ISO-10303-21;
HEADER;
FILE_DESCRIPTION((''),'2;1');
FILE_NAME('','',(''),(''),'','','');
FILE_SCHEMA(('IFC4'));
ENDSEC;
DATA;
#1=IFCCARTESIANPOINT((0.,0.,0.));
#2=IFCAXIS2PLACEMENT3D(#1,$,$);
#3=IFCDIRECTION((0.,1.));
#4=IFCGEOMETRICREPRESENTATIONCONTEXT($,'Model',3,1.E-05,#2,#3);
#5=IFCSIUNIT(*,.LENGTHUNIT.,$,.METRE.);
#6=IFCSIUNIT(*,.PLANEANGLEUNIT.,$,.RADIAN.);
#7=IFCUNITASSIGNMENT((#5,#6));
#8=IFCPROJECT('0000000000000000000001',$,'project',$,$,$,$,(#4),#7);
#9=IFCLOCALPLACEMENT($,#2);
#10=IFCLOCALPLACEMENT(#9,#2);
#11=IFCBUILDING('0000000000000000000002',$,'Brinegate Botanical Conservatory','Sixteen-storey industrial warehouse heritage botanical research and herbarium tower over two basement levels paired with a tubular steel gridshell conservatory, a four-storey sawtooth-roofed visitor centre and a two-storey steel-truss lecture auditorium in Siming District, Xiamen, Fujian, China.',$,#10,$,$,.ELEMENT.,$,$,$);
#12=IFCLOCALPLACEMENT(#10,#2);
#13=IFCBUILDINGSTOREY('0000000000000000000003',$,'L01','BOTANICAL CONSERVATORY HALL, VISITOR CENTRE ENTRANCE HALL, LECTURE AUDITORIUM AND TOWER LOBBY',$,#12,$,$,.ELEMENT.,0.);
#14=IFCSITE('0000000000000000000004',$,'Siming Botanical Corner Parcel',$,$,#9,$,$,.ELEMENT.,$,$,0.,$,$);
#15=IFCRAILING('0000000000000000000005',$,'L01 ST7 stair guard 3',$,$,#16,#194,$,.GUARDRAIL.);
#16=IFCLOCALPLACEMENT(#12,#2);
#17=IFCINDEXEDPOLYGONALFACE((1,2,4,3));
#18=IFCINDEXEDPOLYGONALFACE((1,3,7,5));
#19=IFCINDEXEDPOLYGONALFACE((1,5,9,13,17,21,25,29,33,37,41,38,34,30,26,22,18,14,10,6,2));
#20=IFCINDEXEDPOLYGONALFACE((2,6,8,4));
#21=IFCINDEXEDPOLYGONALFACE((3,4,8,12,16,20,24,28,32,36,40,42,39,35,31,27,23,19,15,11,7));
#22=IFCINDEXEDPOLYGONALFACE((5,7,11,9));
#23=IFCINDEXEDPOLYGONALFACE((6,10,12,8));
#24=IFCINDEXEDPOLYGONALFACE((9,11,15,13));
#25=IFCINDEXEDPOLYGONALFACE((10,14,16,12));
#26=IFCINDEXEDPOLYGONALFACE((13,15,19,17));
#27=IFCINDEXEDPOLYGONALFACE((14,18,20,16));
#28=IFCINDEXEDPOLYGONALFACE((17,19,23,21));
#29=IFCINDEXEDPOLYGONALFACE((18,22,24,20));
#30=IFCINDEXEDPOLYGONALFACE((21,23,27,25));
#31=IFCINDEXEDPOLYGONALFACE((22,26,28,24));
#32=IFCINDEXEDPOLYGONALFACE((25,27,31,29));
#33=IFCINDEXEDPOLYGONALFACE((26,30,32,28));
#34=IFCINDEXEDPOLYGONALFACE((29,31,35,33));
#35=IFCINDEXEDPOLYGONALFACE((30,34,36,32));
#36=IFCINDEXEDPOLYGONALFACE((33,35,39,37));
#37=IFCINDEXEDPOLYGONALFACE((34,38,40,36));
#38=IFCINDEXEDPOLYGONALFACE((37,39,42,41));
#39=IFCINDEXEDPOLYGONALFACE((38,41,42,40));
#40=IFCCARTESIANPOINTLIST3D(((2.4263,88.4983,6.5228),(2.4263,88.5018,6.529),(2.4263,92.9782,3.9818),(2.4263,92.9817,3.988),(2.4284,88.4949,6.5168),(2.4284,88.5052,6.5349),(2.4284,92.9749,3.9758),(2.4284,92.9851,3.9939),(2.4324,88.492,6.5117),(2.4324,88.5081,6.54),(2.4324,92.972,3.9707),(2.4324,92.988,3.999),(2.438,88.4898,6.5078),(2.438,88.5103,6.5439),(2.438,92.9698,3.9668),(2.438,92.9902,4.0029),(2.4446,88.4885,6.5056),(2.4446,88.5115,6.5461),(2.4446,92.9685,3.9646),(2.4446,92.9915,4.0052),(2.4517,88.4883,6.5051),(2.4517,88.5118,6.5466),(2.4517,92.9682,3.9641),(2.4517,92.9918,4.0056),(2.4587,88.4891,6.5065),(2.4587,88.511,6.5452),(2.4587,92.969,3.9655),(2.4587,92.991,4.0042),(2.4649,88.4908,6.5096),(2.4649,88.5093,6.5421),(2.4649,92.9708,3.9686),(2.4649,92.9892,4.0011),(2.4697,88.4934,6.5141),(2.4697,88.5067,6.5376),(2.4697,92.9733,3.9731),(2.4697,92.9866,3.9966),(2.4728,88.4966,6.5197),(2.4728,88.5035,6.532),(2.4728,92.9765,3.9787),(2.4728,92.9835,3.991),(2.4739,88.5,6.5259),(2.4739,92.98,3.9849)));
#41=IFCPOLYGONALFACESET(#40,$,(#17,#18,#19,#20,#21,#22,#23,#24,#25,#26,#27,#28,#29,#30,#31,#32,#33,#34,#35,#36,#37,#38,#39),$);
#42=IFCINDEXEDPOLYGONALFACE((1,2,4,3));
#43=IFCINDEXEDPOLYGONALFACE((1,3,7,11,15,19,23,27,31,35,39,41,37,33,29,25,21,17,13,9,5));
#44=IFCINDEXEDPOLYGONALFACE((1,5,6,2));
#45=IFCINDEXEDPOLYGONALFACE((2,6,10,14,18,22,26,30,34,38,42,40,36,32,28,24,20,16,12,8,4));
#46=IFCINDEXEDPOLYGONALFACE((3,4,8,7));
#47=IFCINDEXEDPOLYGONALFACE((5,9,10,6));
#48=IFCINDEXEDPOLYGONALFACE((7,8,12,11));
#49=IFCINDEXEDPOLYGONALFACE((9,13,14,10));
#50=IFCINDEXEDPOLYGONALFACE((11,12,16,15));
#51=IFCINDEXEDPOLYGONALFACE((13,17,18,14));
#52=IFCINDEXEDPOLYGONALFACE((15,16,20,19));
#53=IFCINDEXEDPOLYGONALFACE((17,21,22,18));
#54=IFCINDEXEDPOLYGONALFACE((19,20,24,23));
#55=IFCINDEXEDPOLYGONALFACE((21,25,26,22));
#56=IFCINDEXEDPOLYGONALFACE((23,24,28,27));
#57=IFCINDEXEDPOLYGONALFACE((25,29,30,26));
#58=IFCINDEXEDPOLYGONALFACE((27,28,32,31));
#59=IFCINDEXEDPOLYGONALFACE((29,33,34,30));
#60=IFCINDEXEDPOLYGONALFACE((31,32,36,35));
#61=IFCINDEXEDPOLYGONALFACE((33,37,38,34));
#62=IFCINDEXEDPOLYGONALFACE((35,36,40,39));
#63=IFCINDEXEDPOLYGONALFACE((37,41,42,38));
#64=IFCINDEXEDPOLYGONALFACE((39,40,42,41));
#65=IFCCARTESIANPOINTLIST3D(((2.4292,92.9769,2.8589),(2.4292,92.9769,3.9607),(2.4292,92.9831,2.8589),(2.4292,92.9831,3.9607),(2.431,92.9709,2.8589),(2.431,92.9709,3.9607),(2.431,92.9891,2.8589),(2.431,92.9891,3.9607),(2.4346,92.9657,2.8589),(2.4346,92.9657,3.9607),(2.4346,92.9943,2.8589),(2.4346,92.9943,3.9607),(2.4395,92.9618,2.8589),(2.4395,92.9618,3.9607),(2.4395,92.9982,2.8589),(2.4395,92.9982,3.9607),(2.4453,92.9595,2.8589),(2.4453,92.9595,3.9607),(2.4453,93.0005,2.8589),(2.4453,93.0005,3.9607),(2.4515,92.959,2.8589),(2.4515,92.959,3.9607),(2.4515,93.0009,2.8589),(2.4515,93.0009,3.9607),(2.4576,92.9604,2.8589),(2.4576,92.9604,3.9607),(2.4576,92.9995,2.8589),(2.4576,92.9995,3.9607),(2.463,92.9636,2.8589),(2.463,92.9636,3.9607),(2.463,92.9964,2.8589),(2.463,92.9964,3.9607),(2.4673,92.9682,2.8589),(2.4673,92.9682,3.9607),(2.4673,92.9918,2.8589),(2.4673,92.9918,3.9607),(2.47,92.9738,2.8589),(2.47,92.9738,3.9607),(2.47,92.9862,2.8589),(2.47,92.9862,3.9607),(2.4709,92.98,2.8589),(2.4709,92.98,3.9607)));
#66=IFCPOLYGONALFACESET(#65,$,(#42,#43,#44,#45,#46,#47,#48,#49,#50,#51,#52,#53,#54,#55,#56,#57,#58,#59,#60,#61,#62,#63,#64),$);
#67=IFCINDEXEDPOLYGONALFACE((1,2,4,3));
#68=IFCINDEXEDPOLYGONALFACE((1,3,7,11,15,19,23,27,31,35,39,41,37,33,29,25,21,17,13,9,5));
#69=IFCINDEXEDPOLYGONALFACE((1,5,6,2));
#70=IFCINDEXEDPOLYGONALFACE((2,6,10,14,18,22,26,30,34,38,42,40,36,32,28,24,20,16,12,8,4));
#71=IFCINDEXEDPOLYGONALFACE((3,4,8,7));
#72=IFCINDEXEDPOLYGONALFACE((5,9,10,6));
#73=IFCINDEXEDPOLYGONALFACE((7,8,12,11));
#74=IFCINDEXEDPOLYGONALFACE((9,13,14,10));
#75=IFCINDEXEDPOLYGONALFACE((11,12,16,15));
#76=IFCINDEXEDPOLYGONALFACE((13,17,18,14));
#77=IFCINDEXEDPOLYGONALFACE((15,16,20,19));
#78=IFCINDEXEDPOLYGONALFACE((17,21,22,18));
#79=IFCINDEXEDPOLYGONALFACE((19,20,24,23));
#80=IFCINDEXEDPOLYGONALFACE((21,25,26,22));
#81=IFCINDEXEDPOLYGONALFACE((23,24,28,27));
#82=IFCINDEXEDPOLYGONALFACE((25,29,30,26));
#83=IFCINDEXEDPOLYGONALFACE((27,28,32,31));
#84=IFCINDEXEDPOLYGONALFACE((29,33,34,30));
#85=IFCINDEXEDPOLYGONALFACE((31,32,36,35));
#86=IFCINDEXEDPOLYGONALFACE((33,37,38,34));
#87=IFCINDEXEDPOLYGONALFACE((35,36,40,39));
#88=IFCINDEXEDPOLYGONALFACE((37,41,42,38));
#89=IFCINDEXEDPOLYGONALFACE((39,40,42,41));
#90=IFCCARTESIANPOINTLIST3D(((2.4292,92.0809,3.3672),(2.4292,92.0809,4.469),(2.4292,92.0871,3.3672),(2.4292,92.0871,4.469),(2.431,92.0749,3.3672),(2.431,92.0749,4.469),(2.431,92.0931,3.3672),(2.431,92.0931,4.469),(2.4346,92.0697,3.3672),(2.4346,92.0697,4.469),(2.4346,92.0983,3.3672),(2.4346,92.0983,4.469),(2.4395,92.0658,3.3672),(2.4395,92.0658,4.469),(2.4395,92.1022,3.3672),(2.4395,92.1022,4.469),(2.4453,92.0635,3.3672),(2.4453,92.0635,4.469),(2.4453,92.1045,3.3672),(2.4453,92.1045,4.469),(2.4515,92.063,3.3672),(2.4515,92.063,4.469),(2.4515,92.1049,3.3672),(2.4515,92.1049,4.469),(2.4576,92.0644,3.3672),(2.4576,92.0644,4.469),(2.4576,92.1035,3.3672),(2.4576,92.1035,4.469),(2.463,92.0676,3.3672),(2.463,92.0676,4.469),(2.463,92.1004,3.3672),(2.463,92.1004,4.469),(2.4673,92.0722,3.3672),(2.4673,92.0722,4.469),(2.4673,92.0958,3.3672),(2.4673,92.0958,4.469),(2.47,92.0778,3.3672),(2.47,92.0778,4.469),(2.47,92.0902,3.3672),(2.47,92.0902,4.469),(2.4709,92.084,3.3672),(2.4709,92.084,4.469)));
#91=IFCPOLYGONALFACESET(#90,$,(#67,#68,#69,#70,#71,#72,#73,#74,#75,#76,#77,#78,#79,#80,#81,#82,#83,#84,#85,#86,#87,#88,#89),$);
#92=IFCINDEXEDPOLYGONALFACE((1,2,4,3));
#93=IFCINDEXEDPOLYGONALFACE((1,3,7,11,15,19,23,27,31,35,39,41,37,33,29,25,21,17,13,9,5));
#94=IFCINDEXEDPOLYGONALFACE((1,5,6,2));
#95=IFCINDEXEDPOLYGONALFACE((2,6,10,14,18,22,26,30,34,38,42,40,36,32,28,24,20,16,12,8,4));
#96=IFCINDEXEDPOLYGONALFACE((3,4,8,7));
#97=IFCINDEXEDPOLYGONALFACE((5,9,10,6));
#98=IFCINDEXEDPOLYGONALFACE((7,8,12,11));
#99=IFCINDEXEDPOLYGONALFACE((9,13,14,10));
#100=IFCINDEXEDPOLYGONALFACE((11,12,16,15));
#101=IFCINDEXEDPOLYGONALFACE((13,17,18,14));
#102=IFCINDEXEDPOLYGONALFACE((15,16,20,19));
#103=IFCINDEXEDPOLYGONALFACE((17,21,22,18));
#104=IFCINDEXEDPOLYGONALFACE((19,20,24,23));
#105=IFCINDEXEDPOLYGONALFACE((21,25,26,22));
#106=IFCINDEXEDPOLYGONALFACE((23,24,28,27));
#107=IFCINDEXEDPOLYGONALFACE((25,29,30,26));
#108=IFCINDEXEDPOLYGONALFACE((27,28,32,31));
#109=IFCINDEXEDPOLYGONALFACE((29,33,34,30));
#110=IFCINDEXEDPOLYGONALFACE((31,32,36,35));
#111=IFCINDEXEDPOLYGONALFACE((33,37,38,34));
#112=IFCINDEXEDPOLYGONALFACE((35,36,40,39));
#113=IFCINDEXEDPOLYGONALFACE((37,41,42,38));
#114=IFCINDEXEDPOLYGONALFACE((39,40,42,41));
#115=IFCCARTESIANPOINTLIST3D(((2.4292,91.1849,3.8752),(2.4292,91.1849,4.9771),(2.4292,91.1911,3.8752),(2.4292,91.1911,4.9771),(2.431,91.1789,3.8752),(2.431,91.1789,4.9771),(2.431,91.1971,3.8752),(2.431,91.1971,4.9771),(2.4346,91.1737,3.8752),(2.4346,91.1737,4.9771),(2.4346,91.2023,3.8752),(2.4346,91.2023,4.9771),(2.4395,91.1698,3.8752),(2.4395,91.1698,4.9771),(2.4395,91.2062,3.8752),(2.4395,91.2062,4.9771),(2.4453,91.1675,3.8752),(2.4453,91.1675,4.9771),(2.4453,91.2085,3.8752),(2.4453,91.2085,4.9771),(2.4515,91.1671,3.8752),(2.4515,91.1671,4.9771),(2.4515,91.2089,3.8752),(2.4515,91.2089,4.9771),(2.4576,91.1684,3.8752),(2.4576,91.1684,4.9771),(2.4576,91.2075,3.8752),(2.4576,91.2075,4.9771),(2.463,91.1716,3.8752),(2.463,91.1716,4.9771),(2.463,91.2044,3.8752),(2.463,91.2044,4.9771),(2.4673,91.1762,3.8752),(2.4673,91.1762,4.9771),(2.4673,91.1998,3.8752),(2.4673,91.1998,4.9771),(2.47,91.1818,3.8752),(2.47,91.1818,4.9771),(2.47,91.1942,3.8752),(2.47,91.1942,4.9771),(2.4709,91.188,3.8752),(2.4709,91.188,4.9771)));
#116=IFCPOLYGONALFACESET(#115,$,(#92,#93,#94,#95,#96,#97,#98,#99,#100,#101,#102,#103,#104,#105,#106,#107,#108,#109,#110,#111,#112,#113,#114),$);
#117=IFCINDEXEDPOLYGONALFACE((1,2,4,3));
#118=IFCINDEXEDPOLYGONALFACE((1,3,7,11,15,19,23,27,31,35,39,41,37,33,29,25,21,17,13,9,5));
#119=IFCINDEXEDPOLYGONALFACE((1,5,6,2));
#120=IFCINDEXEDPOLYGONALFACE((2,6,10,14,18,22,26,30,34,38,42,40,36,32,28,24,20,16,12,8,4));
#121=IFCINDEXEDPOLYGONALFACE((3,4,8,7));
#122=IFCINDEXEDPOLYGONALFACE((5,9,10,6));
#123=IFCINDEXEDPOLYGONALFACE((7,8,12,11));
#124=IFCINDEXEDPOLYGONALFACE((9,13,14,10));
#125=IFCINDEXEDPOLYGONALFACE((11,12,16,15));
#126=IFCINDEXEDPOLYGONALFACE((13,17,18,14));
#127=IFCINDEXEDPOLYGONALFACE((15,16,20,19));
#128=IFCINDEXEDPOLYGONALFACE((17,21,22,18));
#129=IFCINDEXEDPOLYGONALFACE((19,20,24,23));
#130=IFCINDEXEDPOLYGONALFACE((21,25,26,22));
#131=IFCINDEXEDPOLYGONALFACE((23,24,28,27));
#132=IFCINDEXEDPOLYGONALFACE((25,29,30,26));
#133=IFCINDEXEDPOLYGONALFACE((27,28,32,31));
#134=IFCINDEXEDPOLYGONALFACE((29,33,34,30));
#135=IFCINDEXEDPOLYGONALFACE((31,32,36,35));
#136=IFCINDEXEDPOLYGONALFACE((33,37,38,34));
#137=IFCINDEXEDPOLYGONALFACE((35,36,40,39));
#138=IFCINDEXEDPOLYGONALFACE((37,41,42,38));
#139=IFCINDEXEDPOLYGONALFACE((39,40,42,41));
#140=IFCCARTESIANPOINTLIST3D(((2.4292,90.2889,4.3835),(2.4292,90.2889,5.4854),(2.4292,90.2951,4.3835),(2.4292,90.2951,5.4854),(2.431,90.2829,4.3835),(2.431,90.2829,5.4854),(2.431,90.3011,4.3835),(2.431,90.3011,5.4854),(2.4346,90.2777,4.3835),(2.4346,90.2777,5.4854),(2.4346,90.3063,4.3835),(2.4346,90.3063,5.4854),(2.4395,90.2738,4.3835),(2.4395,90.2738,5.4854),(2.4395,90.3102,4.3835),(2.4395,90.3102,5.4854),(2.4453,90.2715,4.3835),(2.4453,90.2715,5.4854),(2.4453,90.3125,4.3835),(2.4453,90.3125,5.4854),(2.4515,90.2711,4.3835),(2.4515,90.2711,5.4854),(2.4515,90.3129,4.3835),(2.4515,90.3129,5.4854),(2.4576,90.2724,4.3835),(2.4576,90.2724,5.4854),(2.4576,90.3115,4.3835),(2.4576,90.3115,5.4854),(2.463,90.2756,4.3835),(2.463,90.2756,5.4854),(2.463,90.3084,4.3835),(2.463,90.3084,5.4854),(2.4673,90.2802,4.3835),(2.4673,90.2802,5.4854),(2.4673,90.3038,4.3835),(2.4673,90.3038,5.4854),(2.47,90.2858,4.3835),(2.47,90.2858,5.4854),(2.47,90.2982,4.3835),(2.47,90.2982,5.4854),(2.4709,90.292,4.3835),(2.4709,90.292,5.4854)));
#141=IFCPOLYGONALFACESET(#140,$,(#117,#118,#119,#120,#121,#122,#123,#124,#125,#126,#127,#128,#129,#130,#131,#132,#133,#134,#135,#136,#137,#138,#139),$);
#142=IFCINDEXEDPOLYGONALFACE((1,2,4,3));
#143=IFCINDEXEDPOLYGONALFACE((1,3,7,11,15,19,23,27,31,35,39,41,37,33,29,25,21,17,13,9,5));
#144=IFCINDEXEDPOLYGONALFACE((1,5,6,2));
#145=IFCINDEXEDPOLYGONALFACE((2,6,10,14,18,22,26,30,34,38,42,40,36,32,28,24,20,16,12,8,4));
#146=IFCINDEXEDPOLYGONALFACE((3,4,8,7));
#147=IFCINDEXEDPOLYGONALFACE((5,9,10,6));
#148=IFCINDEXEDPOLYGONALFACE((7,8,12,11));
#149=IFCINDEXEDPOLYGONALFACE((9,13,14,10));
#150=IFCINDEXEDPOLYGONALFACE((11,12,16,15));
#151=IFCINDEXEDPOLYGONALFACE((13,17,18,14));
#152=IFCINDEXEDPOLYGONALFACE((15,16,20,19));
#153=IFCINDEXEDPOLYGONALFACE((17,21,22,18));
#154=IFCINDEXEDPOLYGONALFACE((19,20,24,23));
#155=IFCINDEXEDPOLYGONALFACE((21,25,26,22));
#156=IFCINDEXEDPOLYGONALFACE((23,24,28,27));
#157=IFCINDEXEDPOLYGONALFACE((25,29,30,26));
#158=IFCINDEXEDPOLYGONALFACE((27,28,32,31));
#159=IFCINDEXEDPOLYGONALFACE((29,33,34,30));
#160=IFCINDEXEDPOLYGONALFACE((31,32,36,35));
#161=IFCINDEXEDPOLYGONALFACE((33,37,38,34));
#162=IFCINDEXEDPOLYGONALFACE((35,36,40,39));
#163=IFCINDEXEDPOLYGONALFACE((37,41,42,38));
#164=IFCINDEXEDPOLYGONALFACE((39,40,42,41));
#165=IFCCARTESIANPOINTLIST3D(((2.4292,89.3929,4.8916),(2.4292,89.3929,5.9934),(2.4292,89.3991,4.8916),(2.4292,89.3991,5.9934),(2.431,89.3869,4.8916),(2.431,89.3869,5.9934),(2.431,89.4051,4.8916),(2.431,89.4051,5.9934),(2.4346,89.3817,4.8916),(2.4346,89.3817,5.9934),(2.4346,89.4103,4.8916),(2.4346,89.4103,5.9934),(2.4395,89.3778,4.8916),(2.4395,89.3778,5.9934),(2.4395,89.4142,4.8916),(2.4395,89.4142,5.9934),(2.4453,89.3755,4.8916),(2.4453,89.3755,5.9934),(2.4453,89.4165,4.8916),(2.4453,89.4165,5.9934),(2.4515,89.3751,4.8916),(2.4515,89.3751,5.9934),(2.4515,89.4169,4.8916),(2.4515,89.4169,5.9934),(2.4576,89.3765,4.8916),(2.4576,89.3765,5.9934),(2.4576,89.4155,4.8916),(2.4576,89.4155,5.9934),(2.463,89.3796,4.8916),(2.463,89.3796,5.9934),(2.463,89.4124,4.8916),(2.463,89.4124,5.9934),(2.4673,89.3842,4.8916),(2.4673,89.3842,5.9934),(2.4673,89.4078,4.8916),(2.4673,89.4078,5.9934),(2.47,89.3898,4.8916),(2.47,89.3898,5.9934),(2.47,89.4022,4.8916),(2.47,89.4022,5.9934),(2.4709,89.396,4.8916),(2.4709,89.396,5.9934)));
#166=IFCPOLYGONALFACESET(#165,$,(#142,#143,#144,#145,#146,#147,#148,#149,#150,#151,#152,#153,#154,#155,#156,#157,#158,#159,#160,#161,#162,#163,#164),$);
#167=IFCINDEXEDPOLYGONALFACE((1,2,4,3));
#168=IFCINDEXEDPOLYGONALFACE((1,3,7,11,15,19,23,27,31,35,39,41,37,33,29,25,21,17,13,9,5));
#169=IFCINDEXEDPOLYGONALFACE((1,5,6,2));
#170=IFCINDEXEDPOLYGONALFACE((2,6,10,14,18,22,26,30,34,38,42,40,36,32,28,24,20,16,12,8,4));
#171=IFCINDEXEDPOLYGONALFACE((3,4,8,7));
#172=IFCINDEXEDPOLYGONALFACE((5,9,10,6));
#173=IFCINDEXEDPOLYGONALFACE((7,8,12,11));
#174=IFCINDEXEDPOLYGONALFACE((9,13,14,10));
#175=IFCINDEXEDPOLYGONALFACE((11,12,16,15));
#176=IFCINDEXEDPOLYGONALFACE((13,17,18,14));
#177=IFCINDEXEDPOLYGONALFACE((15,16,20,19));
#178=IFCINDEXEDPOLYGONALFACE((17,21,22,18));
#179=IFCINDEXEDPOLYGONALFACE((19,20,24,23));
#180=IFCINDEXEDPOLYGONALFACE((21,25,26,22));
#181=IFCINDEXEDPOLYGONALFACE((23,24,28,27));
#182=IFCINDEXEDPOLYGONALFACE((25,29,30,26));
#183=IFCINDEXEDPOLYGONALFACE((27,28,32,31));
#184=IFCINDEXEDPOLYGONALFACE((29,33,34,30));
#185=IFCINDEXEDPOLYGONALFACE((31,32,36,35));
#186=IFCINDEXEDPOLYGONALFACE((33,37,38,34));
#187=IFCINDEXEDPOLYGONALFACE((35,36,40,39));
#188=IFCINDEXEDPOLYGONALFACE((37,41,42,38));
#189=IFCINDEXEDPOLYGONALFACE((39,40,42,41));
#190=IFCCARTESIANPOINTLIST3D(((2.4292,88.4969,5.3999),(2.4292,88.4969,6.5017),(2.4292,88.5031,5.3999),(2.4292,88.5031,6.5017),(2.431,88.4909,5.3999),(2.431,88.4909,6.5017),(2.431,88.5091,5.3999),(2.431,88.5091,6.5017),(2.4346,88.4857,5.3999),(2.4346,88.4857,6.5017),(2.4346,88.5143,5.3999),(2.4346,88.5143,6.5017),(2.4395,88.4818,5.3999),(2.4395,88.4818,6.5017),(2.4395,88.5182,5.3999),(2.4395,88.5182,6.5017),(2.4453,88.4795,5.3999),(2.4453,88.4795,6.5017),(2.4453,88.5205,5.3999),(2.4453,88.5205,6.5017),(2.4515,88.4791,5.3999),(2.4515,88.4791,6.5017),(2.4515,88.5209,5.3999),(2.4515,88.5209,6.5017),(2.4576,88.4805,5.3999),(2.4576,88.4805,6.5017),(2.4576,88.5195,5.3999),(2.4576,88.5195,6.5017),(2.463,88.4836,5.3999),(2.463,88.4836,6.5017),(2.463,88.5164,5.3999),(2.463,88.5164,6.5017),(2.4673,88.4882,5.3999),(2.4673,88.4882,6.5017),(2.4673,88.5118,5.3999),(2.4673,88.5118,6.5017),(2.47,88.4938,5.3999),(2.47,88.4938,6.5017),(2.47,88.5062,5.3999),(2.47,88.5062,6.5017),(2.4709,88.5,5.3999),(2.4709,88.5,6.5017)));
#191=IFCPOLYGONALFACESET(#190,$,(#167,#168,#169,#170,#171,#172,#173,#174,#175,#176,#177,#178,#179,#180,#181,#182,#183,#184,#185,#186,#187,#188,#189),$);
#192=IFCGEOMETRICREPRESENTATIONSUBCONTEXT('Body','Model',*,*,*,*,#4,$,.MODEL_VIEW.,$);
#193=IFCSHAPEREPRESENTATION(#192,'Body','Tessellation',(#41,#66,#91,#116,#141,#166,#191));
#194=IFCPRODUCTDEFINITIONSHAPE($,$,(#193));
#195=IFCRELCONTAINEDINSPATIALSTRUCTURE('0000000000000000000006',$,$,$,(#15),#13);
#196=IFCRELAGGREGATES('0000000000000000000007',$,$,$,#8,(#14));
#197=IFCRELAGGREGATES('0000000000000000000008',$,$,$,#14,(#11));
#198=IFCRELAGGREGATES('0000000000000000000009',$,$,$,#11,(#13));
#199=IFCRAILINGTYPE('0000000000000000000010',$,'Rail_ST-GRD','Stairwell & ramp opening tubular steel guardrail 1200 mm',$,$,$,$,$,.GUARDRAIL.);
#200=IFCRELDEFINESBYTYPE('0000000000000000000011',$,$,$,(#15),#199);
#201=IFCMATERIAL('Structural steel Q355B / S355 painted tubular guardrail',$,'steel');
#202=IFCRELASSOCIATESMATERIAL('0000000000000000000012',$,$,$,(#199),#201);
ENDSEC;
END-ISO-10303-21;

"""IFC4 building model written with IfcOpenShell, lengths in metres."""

from ifc_helpers import new_model, si_unit, direction, frame, origin, origin_2d, place, context, subcontext, project, spatial, circle, extrude, material, type_object, element, save


model = new_model("IFC4")

# Units and contexts
model_context = context("Model", 3, precision=1e-05, world=origin(), true_north=direction((0.0, 1.0)))
body_context = subcontext(model_context, "Body", "Model", "MODEL_VIEW")
ifc_project = project(units=[si_unit("LENGTHUNIT", "METRE"), si_unit("PLANEANGLEUNIT", "RADIAN")], contexts=[model_context])

# Site, building, storey
site_placement = place(None, origin())
site = spatial("IfcSite", under=ifc_project, at=site_placement, Name="Siming Botanical Corner Parcel", CompositionType="ELEMENT", RefElevation=0.0)
building_placement = place(site_placement, origin())
building = spatial("IfcBuilding", under=site, at=building_placement, Name="Brinegate Botanical Conservatory", Description="Sixteen-storey industrial warehouse heritage botanical research and herbarium tower over two basement levels paired with a tubular steel gridshell conservatory, a four-storey sawtooth-roofed visitor centre and a two-storey steel-truss lecture auditorium in Siming District, Xiamen, Fujian, China.", CompositionType="ELEMENT")
storey_placement = place(building_placement, origin())
storey = spatial("IfcBuildingStorey", under=building, at=storey_placement, Name="L01", Description="BOTANICAL CONSERVATORY HALL, VISITOR CENTRE ENTRANCE HALL, LECTURE AUDITORIUM AND TOWER LOBBY", CompositionType="ELEMENT", Elevation=0.0)

# Railing
ifc_material_1 = material(Name="Structural steel Q355B / S355 painted tubular guardrail", Category="steel")
railing_type_1 = type_object("IfcRailingType", Name="Rail_ST-GRD", Description="Stairwell & ramp opening tubular steel guardrail 1200 mm", PredefinedType="GUARDRAIL", material=ifc_material_1)
railing_1_placement = place(storey_placement, frame((2.45, 92.98, 2.8589)))
element("IfcRailing", 1, at=railing_1_placement, inside=storey, type_object=railing_type_1, Name="L01 ST7 stair guard 3", PredefinedType="GUARDRAIL", context=body_context, shape_type="SweptSolid", body=[
    extrude(circle(Radius=0.0239, at=origin_2d()), frame((0.0, 0.0, 1.126), z_axis=(0.0, -0.869826, 0.493359), x_axis=(1.0, 0.0, 0.0)), (0.0, 0.0, 1.0), 5.1504),
    extrude(circle(Radius=0.021, at=origin_2d()), origin(), (0.0, 0.0, 1.0), 1.1018),
    extrude(circle(Radius=0.021, at=origin_2d()), frame((0.0, -0.896, 0.5083)), (0.0, 0.0, 1.0), 1.1018),
    extrude(circle(Radius=0.021, at=origin_2d()), frame((0.0, -1.792, 1.0164)), (0.0, 0.0, 1.0), 1.1018),
    extrude(circle(Radius=0.021, at=origin_2d()), frame((0.0, -2.688, 1.5247)), (0.0, 0.0, 1.0), 1.1018),
    extrude(circle(Radius=0.021, at=origin_2d()), frame((0.0, -3.584, 2.0327)), (0.0, 0.0, 1.0), 1.1018),
    extrude(circle(Radius=0.021, at=origin_2d()), frame((0.0, -4.48, 2.541)), (0.0, 0.0, 1.0), 1.1018),
])

save(model, "model.ifc")
